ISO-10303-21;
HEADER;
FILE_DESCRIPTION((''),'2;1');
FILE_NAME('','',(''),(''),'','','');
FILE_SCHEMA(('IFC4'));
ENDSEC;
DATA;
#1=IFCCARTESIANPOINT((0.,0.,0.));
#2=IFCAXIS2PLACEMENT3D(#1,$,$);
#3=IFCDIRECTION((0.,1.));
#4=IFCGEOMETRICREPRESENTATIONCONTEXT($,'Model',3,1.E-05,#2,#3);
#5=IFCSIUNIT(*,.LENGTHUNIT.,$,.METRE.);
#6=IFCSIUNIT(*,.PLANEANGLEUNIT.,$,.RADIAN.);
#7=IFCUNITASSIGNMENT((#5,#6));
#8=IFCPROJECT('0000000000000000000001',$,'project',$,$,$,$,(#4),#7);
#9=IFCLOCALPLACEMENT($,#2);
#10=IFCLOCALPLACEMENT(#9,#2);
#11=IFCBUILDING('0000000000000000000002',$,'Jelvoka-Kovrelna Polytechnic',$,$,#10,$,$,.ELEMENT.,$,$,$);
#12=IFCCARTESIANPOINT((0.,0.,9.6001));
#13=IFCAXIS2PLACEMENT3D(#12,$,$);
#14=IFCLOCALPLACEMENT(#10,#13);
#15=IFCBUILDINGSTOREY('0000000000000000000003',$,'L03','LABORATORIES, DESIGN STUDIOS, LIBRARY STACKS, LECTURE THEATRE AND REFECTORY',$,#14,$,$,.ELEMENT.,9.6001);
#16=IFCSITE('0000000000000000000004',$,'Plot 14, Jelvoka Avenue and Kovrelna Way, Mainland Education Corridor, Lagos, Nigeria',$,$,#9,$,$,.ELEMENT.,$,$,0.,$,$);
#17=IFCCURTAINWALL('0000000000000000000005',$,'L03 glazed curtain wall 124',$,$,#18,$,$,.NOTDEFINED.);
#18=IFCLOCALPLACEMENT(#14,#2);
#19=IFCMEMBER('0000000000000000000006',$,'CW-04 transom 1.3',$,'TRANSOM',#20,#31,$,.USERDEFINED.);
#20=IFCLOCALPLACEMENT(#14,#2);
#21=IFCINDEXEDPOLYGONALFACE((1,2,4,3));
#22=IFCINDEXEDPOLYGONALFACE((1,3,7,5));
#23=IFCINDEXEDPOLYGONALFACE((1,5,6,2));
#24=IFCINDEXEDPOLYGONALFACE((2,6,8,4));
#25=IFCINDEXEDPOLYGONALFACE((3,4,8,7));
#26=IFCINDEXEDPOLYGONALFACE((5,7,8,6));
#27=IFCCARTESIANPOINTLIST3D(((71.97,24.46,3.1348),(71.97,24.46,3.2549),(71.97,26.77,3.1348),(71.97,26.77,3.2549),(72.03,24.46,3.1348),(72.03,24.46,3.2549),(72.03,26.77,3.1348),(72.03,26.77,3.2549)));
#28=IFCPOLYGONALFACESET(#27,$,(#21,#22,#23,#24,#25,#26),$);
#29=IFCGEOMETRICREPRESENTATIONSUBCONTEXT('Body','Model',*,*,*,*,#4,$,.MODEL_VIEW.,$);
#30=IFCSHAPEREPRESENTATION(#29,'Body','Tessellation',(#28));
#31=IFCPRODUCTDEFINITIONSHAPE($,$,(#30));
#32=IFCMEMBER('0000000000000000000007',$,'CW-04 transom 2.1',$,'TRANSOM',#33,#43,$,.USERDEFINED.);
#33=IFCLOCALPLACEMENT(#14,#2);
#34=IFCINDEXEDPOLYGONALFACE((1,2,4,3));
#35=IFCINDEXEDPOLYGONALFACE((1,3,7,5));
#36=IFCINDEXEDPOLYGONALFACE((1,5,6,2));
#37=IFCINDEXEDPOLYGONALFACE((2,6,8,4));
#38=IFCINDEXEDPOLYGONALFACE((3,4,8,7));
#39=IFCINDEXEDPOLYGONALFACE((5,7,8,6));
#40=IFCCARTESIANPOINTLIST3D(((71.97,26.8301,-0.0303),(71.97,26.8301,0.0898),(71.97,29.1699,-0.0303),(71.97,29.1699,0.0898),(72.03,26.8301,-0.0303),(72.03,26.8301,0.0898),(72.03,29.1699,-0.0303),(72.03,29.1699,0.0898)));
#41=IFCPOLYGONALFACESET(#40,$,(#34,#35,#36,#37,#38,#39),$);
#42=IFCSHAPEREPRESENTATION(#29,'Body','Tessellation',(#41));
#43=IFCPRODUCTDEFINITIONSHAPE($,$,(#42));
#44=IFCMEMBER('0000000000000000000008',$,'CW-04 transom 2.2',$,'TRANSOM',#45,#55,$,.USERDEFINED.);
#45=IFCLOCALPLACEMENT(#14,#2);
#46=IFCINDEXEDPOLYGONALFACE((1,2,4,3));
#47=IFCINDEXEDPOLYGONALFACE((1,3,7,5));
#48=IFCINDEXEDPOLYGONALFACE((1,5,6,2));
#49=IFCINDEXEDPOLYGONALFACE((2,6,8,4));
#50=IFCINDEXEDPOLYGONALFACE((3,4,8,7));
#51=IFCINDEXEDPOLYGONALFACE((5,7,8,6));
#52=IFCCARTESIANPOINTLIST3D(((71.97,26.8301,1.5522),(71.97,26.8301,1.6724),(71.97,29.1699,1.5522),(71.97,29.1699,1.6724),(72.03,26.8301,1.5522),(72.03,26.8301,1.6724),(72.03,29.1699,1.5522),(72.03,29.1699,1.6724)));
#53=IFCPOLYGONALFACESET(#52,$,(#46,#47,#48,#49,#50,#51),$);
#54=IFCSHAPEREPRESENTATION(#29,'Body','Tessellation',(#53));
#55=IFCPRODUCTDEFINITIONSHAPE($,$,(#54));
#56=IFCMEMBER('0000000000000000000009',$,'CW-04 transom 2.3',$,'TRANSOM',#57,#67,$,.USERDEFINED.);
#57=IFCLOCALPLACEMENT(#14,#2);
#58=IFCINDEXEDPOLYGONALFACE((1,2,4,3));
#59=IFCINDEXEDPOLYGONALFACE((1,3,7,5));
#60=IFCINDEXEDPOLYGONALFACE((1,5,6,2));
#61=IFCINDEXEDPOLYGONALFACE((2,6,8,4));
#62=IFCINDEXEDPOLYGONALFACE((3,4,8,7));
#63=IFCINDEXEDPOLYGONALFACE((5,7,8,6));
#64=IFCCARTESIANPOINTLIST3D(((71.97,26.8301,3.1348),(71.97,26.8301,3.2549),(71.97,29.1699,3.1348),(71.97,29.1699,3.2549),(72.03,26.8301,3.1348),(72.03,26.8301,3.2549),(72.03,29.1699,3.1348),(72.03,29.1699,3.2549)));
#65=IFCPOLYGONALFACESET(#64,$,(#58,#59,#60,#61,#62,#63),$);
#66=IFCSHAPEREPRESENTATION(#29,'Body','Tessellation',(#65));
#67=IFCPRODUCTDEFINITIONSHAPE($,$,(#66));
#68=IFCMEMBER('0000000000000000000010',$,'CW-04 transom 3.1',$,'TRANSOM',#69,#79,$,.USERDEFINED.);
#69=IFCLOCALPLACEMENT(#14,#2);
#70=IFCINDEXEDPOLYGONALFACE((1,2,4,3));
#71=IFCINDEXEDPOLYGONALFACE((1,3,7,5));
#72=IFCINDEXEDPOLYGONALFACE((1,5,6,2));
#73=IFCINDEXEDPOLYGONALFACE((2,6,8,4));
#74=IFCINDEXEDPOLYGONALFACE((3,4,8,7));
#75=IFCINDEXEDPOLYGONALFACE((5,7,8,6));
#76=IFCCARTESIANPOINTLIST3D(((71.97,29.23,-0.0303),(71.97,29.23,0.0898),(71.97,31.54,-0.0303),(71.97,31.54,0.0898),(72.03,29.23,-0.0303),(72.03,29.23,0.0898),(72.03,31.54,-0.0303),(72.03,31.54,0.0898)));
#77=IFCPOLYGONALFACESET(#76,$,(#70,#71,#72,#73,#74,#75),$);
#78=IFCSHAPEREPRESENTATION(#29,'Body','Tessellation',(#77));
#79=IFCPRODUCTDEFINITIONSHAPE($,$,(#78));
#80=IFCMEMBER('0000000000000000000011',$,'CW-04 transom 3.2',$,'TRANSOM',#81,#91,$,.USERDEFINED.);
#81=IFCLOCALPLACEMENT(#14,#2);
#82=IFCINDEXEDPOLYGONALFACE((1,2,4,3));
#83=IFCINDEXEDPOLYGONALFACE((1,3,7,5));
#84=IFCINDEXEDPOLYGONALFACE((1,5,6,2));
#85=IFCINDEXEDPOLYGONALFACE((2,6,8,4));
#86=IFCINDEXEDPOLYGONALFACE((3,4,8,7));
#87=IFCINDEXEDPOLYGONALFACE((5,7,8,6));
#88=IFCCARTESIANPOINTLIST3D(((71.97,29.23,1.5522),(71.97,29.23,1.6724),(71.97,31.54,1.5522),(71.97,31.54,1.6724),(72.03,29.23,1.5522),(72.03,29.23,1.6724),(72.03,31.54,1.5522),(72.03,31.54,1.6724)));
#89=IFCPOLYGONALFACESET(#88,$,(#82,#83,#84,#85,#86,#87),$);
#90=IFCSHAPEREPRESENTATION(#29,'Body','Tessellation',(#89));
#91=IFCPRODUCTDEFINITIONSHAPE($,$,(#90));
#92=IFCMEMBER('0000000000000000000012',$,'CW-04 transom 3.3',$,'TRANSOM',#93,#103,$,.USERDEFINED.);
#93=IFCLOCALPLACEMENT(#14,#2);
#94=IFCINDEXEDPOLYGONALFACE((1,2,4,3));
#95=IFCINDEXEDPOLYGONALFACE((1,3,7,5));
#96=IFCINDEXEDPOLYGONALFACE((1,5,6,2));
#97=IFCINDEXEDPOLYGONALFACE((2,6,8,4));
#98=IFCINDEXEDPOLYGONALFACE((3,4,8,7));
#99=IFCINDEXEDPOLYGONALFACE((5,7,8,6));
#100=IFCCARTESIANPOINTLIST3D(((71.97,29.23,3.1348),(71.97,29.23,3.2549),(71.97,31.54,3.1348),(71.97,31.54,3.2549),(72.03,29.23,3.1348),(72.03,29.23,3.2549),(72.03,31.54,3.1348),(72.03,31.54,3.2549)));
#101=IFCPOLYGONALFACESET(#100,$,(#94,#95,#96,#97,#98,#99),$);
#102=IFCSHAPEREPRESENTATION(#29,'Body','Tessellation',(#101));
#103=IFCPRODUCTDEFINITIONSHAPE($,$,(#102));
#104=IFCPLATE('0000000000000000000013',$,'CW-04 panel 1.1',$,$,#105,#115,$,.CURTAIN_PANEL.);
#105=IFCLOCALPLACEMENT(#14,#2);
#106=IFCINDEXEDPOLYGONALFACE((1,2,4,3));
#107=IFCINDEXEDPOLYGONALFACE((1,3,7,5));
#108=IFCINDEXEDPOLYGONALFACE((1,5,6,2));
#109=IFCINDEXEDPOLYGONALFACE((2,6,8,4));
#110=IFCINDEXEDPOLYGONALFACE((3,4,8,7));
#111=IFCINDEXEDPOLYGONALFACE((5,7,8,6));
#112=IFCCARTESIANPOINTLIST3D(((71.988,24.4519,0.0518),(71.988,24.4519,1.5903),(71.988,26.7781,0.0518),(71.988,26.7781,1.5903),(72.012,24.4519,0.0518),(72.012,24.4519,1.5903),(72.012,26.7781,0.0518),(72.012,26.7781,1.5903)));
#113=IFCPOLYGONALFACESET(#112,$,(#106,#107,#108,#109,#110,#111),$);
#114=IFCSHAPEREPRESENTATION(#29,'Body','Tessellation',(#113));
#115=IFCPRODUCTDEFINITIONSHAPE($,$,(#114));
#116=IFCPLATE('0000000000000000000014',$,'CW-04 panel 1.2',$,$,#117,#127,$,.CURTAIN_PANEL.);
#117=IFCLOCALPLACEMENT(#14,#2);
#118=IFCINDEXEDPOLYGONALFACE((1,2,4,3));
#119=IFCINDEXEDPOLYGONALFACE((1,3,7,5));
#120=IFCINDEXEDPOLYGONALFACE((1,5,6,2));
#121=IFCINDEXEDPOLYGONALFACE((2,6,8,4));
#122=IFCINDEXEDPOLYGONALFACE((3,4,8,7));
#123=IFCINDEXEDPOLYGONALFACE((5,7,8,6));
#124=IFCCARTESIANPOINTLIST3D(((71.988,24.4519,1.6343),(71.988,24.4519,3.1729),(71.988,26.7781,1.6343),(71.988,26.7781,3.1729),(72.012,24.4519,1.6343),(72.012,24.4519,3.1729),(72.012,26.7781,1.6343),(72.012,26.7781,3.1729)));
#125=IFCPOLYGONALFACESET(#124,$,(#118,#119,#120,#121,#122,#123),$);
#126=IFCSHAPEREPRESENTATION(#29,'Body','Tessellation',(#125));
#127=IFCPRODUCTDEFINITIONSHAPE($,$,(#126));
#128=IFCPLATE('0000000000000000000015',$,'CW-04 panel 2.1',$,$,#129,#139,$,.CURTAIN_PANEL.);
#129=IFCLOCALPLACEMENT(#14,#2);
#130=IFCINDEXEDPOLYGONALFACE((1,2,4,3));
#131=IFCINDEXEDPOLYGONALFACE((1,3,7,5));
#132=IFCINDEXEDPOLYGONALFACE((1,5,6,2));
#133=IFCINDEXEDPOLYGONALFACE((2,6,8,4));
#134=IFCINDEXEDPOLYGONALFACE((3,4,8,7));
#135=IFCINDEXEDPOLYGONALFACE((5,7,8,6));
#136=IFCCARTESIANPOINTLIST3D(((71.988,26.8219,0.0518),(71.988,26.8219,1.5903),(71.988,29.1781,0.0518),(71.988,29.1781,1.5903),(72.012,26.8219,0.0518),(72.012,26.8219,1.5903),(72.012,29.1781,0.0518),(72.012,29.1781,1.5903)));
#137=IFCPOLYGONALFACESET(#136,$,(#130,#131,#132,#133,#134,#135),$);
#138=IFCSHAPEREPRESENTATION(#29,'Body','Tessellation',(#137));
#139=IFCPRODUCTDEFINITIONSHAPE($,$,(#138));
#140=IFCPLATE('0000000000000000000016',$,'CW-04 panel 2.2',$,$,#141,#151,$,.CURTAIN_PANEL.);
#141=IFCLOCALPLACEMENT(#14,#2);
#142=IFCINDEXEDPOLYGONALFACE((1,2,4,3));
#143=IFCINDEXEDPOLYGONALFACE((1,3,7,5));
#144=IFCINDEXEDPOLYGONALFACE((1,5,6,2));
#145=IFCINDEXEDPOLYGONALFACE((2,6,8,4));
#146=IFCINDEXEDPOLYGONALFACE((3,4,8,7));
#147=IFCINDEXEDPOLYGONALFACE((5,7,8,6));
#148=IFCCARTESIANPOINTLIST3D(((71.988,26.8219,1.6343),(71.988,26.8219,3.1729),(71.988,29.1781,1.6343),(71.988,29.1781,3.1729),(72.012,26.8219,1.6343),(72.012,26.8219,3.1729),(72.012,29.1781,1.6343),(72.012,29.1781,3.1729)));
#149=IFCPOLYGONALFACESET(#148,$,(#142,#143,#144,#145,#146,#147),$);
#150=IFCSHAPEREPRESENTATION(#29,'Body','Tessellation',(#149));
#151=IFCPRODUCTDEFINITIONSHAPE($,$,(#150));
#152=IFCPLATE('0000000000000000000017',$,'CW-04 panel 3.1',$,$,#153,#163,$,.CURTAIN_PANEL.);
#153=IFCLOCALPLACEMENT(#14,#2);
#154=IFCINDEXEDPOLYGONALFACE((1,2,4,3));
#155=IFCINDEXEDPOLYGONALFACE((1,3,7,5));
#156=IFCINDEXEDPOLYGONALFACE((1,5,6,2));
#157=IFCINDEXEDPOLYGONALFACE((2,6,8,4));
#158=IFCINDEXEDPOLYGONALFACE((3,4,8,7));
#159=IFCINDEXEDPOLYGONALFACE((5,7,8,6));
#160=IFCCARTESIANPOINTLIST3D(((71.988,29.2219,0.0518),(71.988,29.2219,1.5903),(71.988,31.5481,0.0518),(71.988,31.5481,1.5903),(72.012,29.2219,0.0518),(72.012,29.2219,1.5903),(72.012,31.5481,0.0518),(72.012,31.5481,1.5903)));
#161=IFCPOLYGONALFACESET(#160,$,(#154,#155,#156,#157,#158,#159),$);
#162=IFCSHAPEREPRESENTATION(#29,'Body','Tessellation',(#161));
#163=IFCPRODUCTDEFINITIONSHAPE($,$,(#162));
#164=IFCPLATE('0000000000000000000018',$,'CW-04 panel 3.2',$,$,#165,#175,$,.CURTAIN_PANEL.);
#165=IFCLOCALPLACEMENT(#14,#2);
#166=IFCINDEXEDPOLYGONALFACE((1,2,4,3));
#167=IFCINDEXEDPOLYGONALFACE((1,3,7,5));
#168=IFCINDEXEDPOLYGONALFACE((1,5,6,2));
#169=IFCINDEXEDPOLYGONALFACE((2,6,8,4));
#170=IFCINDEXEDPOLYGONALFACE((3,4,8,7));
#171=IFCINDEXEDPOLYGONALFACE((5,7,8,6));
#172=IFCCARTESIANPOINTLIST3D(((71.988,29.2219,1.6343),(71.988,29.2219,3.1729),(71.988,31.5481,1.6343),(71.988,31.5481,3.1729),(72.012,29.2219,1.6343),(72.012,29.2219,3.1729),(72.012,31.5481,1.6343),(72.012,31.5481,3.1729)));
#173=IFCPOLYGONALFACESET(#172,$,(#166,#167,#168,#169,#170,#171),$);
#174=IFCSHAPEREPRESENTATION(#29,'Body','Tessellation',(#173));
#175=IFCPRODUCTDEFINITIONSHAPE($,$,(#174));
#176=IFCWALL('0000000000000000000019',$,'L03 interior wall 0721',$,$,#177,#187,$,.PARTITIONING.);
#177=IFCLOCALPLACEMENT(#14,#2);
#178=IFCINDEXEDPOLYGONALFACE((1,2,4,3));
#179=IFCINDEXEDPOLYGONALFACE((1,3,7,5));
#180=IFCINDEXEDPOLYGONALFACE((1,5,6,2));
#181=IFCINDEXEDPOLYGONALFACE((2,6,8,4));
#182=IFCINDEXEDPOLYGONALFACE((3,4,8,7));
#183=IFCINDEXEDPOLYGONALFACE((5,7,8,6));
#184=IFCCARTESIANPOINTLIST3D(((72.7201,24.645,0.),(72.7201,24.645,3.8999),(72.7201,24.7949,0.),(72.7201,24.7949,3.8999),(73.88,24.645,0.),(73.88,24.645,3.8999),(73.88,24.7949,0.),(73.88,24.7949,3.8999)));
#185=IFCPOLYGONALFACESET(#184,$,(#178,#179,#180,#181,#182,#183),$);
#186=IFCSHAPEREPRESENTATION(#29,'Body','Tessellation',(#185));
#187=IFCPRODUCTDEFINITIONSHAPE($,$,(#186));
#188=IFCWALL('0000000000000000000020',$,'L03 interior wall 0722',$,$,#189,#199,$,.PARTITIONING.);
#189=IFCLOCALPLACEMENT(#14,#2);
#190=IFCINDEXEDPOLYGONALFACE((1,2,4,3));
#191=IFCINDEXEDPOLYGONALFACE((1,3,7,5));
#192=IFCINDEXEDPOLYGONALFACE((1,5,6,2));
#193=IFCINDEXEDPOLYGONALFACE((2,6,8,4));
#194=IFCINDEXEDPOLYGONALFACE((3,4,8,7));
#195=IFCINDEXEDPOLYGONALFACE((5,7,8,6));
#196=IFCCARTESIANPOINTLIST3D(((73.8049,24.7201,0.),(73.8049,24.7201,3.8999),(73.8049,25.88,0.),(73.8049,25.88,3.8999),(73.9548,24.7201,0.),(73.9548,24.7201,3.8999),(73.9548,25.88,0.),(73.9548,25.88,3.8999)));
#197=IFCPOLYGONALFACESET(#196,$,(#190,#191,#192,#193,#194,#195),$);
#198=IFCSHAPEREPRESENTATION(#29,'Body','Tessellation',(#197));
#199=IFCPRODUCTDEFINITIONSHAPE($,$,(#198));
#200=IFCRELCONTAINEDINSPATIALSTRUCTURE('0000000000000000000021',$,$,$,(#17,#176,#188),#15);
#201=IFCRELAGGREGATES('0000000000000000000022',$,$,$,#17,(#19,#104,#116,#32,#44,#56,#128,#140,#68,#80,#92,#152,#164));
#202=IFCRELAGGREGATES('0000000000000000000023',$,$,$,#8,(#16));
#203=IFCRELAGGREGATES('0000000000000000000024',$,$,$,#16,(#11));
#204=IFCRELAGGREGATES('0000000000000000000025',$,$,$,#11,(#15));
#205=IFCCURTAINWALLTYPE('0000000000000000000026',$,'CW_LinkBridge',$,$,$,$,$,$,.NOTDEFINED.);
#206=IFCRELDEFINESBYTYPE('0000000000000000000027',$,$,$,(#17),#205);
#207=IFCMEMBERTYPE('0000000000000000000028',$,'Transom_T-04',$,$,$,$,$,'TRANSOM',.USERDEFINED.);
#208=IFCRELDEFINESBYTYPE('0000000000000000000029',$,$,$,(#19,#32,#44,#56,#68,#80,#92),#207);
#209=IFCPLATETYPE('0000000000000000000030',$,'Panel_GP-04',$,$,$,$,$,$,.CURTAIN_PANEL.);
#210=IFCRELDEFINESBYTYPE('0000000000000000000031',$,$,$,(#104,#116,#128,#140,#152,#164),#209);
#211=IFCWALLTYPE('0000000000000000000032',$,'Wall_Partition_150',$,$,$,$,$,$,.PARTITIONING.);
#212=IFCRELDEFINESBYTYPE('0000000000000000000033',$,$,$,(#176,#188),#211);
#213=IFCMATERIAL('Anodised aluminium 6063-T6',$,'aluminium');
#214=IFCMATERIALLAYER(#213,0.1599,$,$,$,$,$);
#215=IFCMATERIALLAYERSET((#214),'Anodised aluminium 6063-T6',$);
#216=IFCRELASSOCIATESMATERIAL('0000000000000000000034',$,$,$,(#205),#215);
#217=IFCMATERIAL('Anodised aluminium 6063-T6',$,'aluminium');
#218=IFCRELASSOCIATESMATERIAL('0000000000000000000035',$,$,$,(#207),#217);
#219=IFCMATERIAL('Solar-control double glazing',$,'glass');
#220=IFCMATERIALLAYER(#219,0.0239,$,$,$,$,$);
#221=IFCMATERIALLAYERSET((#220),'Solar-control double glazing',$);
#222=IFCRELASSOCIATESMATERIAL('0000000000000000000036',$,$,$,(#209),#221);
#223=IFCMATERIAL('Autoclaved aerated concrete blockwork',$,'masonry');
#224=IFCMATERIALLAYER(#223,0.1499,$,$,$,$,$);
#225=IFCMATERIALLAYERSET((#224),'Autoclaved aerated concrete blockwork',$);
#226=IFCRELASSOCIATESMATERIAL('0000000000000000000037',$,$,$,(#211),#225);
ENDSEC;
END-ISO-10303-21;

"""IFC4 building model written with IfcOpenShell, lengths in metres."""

from ifc_helpers import new_model, si_unit, direction, frame, frame_2d, origin, origin_2d, place, context, subcontext, project, spatial, rectangle, extrude, material, layer, layer_set, material_profile, profile_set, type_object, element, aggregate, save


model = new_model("IFC4")

# Units and contexts
model_context = context("Model", 3, precision=1e-05, world=origin(), true_north=direction((0.0, 1.0)))
body_context = subcontext(model_context, "Body", "Model", "MODEL_VIEW")
ifc_project = project(units=[si_unit("LENGTHUNIT", "METRE"), si_unit("PLANEANGLEUNIT", "RADIAN")], contexts=[model_context])

# Site, building, storey
site_placement = place(None, origin())
site = spatial("IfcSite", under=ifc_project, at=site_placement, Name="Plot 14, Jelvoka Avenue and Kovrelna Way, Mainland Education Corridor, Lagos, Nigeria", CompositionType="ELEMENT", RefElevation=0.0)
building_placement = place(site_placement, origin())
building = spatial("IfcBuilding", under=site, at=building_placement, Name="Jelvoka-Kovrelna Polytechnic", CompositionType="ELEMENT")
storey_placement = place(building_placement, frame((0.0, 0.0, 9.6001)))
storey = spatial("IfcBuildingStorey", under=building, at=storey_placement, Name="L03", Description="LABORATORIES, DESIGN STUDIOS, LIBRARY STACKS, LECTURE THEATRE AND REFECTORY", CompositionType="ELEMENT", Elevation=9.6001)

# Curtain wall, members, plates
ifc_material_1 = material(Name="Anodised aluminium 6063-T6", Category="aluminium")
ifc_layer_1 = layer(ifc_material_1, 0.1599)
ifc_layer_set_1 = layer_set([ifc_layer_1], Name="Anodised aluminium 6063-T6")
curtain_wall_type = type_object("IfcCurtainWallType", Name="CW_LinkBridge", PredefinedType="NOTDEFINED", material=ifc_layer_set_1)
curtain_wall_placement = place(storey_placement, origin())
curtain_wall = element("IfcCurtainWall", 1, at=curtain_wall_placement, inside=storey, type_object=curtain_wall_type, Name="L03 glazed curtain wall 124", PredefinedType="NOTDEFINED")
ifc_material_2 = material(Name="Anodised aluminium 6063-T6", Category="aluminium")
ifc_material_profile_1 = material_profile(ifc_material_2, rectangle(XDim=0.0601, YDim=0.1201, at=origin_2d()), Name="ALU 60x120")
ifc_profile_set_1 = profile_set([ifc_material_profile_1], Name="Anodised aluminium 6063-T6")
member_type_1 = type_object("IfcMemberType", Name="Transom_T-04", ElementType="TRANSOM", PredefinedType="USERDEFINED", material=ifc_profile_set_1)
member_1_placement = place(storey_placement, frame((72.0, 24.46, 3.1948), z_axis=(0.0, 1.0, 0.0), x_axis=(-1.0, 0.0, 0.0)))
member_1 = element("IfcMember", 2, at=member_1_placement, type_object=member_type_1, Name="CW-04 transom 1.3", ObjectType="TRANSOM", PredefinedType="USERDEFINED", context=body_context, shape_type="SweptSolid", body=[
    extrude(rectangle(XDim=0.0601, YDim=0.1201, at=origin_2d()), origin(), (0.0, 0.0, 1.0), 2.3101),
])
member_2_placement = place(storey_placement, frame((72.0, 26.8301, 0.0298), z_axis=(0.0, 1.0, 0.0), x_axis=(-1.0, 0.0, 0.0)))
member_2 = element("IfcMember", 3, at=member_2_placement, type_object=member_type_1, Name="CW-04 transom 2.1", ObjectType="TRANSOM", PredefinedType="USERDEFINED", context=body_context, shape_type="SweptSolid", body=[
    extrude(rectangle(XDim=0.0601, YDim=0.1201, at=origin_2d()), origin(), (0.0, 0.0, 1.0), 2.3398),
])
member_3_placement = place(storey_placement, frame((72.0, 26.8301, 1.6123), z_axis=(0.0, 1.0, 0.0), x_axis=(-1.0, 0.0, 0.0)))
member_3 = element("IfcMember", 4, at=member_3_placement, type_object=member_type_1, Name="CW-04 transom 2.2", ObjectType="TRANSOM", PredefinedType="USERDEFINED", context=body_context, shape_type="SweptSolid", body=[
    extrude(rectangle(XDim=0.0601, YDim=0.1201, at=origin_2d()), origin(), (0.0, 0.0, 1.0), 2.3398),
])
member_4_placement = place(storey_placement, frame((72.0, 26.8301, 3.1948), z_axis=(0.0, 1.0, 0.0), x_axis=(-1.0, 0.0, 0.0)))
member_4 = element("IfcMember", 5, at=member_4_placement, type_object=member_type_1, Name="CW-04 transom 2.3", ObjectType="TRANSOM", PredefinedType="USERDEFINED", context=body_context, shape_type="SweptSolid", body=[
    extrude(rectangle(XDim=0.0601, YDim=0.1201, at=origin_2d()), origin(), (0.0, 0.0, 1.0), 2.3398),
])
member_5_placement = place(storey_placement, frame((72.0, 29.23, 0.0298), z_axis=(0.0, 1.0, 0.0), x_axis=(-1.0, 0.0, 0.0)))
member_5 = element("IfcMember", 6, at=member_5_placement, type_object=member_type_1, Name="CW-04 transom 3.1", ObjectType="TRANSOM", PredefinedType="USERDEFINED", context=body_context, shape_type="SweptSolid", body=[
    extrude(rectangle(XDim=0.0601, YDim=0.1201, at=origin_2d()), origin(), (0.0, 0.0, 1.0), 2.3101),
])
member_6_placement = place(storey_placement, frame((72.0, 29.23, 1.6123), z_axis=(0.0, 1.0, 0.0), x_axis=(-1.0, 0.0, 0.0)))
member_6 = element("IfcMember", 7, at=member_6_placement, type_object=member_type_1, Name="CW-04 transom 3.2", ObjectType="TRANSOM", PredefinedType="USERDEFINED", context=body_context, shape_type="SweptSolid", body=[
    extrude(rectangle(XDim=0.0601, YDim=0.1201, at=origin_2d()), origin(), (0.0, 0.0, 1.0), 2.3101),
])
member_7_placement = place(storey_placement, frame((72.0, 29.23, 3.1948), z_axis=(0.0, 1.0, 0.0), x_axis=(-1.0, 0.0, 0.0)))
member_7 = element("IfcMember", 8, at=member_7_placement, type_object=member_type_1, Name="CW-04 transom 3.3", ObjectType="TRANSOM", PredefinedType="USERDEFINED", context=body_context, shape_type="SweptSolid", body=[
    extrude(rectangle(XDim=0.0601, YDim=0.1201, at=origin_2d()), origin(), (0.0, 0.0, 1.0), 2.3101),
])
ifc_material_3 = material(Name="Solar-control double glazing", Category="glass")
ifc_layer_2 = layer(ifc_material_3, 0.0239)
ifc_layer_set_2 = layer_set([ifc_layer_2], Name="Solar-control double glazing")
plate_type = type_object("IfcPlateType", Name="Panel_GP-04", PredefinedType="CURTAIN_PANEL", material=ifc_layer_set_2)
plate_1_placement = place(storey_placement, frame((72.0, 25.615, 0.0518), z_axis=(0.0, 0.0, 1.0), x_axis=(0.0, 1.0, 0.0)))
plate_1 = element("IfcPlate", 9, at=plate_1_placement, type_object=plate_type, Name="CW-04 panel 1.1", PredefinedType="CURTAIN_PANEL", context=body_context, shape_type="SweptSolid", body=[
    extrude(rectangle(XDim=2.3262, YDim=0.0239, at=origin_2d()), origin(), (0.0, 0.0, 1.0), 1.5386),
])
plate_2_placement = place(storey_placement, frame((72.0, 25.615, 1.6343), z_axis=(0.0, 0.0, 1.0), x_axis=(0.0, 1.0, 0.0)))
plate_2 = element("IfcPlate", 10, at=plate_2_placement, type_object=plate_type, Name="CW-04 panel 1.2", PredefinedType="CURTAIN_PANEL", context=body_context, shape_type="SweptSolid", body=[
    extrude(rectangle(XDim=2.3262, YDim=0.0239, at=origin_2d()), origin(), (0.0, 0.0, 1.0), 1.5386),
])
plate_3_placement = place(storey_placement, frame((72.0, 28.0, 0.0518), z_axis=(0.0, 0.0, 1.0), x_axis=(0.0, 1.0, 0.0)))
plate_3 = element("IfcPlate", 11, at=plate_3_placement, type_object=plate_type, Name="CW-04 panel 2.1", PredefinedType="CURTAIN_PANEL", context=body_context, shape_type="SweptSolid", body=[
    extrude(rectangle(XDim=2.3562, YDim=0.0239, at=origin_2d()), origin(), (0.0, 0.0, 1.0), 1.5386),
])
plate_4_placement = place(storey_placement, frame((72.0, 28.0, 1.6343), z_axis=(0.0, 0.0, 1.0), x_axis=(0.0, 1.0, 0.0)))
plate_4 = element("IfcPlate", 12, at=plate_4_placement, type_object=plate_type, Name="CW-04 panel 2.2", PredefinedType="CURTAIN_PANEL", context=body_context, shape_type="SweptSolid", body=[
    extrude(rectangle(XDim=2.3562, YDim=0.0239, at=origin_2d()), origin(), (0.0, 0.0, 1.0), 1.5386),
])
plate_5_placement = place(storey_placement, frame((72.0, 30.385, 0.0518), z_axis=(0.0, 0.0, 1.0), x_axis=(0.0, 1.0, 0.0)))
plate_5 = element("IfcPlate", 13, at=plate_5_placement, type_object=plate_type, Name="CW-04 panel 3.1", PredefinedType="CURTAIN_PANEL", context=body_context, shape_type="SweptSolid", body=[
    extrude(rectangle(XDim=2.3262, YDim=0.0239, at=origin_2d()), origin(), (0.0, 0.0, 1.0), 1.5386),
])
plate_6_placement = place(storey_placement, frame((72.0, 30.385, 1.6343), z_axis=(0.0, 0.0, 1.0), x_axis=(0.0, 1.0, 0.0)))
plate_6 = element("IfcPlate", 14, at=plate_6_placement, type_object=plate_type, Name="CW-04 panel 3.2", PredefinedType="CURTAIN_PANEL", context=body_context, shape_type="SweptSolid", body=[
    extrude(rectangle(XDim=2.3262, YDim=0.0239, at=origin_2d()), origin(), (0.0, 0.0, 1.0), 1.5386),
])
aggregate(curtain_wall, [member_1, plate_1, plate_2, member_2, member_3, member_4, plate_3, plate_4, member_5, member_6, member_7, plate_5, plate_6])

# Walls
ifc_material_4 = material(Name="Autoclaved aerated concrete blockwork", Category="masonry")
ifc_layer_3 = layer(ifc_material_4, 0.1499)
ifc_layer_set_3 = layer_set([ifc_layer_3], Name="Autoclaved aerated concrete blockwork")
wall_type = type_object("IfcWallType", Name="Wall_Partition_150", PredefinedType="PARTITIONING", material=ifc_layer_set_3)
for number, where, z_axis, x_axis, name in (
    (15, (72.72, 24.72, 0.0), (0.0, 0.0, 1.0), (1.0, 0.0, 0.0), "L03 interior wall 0721"),
    (16, (73.8799, 24.72, 0.0), (0.0, 0.0, 1.0), (0.0, 1.0, 0.0), "L03 interior wall 0722"),
):
    element("IfcWall", number, at=place(storey_placement, frame(where, z_axis=z_axis, x_axis=x_axis)), inside=storey, type_object=wall_type, Name=name, PredefinedType="PARTITIONING", context=body_context, shape_type="SweptSolid", body=[
        extrude(rectangle(XDim=1.1599, YDim=0.1499, at=frame_2d((0.5801, 0.0))), origin(), (0.0, 0.0, 1.0), 3.8999),
    ])

save(model, "model.ifc")
